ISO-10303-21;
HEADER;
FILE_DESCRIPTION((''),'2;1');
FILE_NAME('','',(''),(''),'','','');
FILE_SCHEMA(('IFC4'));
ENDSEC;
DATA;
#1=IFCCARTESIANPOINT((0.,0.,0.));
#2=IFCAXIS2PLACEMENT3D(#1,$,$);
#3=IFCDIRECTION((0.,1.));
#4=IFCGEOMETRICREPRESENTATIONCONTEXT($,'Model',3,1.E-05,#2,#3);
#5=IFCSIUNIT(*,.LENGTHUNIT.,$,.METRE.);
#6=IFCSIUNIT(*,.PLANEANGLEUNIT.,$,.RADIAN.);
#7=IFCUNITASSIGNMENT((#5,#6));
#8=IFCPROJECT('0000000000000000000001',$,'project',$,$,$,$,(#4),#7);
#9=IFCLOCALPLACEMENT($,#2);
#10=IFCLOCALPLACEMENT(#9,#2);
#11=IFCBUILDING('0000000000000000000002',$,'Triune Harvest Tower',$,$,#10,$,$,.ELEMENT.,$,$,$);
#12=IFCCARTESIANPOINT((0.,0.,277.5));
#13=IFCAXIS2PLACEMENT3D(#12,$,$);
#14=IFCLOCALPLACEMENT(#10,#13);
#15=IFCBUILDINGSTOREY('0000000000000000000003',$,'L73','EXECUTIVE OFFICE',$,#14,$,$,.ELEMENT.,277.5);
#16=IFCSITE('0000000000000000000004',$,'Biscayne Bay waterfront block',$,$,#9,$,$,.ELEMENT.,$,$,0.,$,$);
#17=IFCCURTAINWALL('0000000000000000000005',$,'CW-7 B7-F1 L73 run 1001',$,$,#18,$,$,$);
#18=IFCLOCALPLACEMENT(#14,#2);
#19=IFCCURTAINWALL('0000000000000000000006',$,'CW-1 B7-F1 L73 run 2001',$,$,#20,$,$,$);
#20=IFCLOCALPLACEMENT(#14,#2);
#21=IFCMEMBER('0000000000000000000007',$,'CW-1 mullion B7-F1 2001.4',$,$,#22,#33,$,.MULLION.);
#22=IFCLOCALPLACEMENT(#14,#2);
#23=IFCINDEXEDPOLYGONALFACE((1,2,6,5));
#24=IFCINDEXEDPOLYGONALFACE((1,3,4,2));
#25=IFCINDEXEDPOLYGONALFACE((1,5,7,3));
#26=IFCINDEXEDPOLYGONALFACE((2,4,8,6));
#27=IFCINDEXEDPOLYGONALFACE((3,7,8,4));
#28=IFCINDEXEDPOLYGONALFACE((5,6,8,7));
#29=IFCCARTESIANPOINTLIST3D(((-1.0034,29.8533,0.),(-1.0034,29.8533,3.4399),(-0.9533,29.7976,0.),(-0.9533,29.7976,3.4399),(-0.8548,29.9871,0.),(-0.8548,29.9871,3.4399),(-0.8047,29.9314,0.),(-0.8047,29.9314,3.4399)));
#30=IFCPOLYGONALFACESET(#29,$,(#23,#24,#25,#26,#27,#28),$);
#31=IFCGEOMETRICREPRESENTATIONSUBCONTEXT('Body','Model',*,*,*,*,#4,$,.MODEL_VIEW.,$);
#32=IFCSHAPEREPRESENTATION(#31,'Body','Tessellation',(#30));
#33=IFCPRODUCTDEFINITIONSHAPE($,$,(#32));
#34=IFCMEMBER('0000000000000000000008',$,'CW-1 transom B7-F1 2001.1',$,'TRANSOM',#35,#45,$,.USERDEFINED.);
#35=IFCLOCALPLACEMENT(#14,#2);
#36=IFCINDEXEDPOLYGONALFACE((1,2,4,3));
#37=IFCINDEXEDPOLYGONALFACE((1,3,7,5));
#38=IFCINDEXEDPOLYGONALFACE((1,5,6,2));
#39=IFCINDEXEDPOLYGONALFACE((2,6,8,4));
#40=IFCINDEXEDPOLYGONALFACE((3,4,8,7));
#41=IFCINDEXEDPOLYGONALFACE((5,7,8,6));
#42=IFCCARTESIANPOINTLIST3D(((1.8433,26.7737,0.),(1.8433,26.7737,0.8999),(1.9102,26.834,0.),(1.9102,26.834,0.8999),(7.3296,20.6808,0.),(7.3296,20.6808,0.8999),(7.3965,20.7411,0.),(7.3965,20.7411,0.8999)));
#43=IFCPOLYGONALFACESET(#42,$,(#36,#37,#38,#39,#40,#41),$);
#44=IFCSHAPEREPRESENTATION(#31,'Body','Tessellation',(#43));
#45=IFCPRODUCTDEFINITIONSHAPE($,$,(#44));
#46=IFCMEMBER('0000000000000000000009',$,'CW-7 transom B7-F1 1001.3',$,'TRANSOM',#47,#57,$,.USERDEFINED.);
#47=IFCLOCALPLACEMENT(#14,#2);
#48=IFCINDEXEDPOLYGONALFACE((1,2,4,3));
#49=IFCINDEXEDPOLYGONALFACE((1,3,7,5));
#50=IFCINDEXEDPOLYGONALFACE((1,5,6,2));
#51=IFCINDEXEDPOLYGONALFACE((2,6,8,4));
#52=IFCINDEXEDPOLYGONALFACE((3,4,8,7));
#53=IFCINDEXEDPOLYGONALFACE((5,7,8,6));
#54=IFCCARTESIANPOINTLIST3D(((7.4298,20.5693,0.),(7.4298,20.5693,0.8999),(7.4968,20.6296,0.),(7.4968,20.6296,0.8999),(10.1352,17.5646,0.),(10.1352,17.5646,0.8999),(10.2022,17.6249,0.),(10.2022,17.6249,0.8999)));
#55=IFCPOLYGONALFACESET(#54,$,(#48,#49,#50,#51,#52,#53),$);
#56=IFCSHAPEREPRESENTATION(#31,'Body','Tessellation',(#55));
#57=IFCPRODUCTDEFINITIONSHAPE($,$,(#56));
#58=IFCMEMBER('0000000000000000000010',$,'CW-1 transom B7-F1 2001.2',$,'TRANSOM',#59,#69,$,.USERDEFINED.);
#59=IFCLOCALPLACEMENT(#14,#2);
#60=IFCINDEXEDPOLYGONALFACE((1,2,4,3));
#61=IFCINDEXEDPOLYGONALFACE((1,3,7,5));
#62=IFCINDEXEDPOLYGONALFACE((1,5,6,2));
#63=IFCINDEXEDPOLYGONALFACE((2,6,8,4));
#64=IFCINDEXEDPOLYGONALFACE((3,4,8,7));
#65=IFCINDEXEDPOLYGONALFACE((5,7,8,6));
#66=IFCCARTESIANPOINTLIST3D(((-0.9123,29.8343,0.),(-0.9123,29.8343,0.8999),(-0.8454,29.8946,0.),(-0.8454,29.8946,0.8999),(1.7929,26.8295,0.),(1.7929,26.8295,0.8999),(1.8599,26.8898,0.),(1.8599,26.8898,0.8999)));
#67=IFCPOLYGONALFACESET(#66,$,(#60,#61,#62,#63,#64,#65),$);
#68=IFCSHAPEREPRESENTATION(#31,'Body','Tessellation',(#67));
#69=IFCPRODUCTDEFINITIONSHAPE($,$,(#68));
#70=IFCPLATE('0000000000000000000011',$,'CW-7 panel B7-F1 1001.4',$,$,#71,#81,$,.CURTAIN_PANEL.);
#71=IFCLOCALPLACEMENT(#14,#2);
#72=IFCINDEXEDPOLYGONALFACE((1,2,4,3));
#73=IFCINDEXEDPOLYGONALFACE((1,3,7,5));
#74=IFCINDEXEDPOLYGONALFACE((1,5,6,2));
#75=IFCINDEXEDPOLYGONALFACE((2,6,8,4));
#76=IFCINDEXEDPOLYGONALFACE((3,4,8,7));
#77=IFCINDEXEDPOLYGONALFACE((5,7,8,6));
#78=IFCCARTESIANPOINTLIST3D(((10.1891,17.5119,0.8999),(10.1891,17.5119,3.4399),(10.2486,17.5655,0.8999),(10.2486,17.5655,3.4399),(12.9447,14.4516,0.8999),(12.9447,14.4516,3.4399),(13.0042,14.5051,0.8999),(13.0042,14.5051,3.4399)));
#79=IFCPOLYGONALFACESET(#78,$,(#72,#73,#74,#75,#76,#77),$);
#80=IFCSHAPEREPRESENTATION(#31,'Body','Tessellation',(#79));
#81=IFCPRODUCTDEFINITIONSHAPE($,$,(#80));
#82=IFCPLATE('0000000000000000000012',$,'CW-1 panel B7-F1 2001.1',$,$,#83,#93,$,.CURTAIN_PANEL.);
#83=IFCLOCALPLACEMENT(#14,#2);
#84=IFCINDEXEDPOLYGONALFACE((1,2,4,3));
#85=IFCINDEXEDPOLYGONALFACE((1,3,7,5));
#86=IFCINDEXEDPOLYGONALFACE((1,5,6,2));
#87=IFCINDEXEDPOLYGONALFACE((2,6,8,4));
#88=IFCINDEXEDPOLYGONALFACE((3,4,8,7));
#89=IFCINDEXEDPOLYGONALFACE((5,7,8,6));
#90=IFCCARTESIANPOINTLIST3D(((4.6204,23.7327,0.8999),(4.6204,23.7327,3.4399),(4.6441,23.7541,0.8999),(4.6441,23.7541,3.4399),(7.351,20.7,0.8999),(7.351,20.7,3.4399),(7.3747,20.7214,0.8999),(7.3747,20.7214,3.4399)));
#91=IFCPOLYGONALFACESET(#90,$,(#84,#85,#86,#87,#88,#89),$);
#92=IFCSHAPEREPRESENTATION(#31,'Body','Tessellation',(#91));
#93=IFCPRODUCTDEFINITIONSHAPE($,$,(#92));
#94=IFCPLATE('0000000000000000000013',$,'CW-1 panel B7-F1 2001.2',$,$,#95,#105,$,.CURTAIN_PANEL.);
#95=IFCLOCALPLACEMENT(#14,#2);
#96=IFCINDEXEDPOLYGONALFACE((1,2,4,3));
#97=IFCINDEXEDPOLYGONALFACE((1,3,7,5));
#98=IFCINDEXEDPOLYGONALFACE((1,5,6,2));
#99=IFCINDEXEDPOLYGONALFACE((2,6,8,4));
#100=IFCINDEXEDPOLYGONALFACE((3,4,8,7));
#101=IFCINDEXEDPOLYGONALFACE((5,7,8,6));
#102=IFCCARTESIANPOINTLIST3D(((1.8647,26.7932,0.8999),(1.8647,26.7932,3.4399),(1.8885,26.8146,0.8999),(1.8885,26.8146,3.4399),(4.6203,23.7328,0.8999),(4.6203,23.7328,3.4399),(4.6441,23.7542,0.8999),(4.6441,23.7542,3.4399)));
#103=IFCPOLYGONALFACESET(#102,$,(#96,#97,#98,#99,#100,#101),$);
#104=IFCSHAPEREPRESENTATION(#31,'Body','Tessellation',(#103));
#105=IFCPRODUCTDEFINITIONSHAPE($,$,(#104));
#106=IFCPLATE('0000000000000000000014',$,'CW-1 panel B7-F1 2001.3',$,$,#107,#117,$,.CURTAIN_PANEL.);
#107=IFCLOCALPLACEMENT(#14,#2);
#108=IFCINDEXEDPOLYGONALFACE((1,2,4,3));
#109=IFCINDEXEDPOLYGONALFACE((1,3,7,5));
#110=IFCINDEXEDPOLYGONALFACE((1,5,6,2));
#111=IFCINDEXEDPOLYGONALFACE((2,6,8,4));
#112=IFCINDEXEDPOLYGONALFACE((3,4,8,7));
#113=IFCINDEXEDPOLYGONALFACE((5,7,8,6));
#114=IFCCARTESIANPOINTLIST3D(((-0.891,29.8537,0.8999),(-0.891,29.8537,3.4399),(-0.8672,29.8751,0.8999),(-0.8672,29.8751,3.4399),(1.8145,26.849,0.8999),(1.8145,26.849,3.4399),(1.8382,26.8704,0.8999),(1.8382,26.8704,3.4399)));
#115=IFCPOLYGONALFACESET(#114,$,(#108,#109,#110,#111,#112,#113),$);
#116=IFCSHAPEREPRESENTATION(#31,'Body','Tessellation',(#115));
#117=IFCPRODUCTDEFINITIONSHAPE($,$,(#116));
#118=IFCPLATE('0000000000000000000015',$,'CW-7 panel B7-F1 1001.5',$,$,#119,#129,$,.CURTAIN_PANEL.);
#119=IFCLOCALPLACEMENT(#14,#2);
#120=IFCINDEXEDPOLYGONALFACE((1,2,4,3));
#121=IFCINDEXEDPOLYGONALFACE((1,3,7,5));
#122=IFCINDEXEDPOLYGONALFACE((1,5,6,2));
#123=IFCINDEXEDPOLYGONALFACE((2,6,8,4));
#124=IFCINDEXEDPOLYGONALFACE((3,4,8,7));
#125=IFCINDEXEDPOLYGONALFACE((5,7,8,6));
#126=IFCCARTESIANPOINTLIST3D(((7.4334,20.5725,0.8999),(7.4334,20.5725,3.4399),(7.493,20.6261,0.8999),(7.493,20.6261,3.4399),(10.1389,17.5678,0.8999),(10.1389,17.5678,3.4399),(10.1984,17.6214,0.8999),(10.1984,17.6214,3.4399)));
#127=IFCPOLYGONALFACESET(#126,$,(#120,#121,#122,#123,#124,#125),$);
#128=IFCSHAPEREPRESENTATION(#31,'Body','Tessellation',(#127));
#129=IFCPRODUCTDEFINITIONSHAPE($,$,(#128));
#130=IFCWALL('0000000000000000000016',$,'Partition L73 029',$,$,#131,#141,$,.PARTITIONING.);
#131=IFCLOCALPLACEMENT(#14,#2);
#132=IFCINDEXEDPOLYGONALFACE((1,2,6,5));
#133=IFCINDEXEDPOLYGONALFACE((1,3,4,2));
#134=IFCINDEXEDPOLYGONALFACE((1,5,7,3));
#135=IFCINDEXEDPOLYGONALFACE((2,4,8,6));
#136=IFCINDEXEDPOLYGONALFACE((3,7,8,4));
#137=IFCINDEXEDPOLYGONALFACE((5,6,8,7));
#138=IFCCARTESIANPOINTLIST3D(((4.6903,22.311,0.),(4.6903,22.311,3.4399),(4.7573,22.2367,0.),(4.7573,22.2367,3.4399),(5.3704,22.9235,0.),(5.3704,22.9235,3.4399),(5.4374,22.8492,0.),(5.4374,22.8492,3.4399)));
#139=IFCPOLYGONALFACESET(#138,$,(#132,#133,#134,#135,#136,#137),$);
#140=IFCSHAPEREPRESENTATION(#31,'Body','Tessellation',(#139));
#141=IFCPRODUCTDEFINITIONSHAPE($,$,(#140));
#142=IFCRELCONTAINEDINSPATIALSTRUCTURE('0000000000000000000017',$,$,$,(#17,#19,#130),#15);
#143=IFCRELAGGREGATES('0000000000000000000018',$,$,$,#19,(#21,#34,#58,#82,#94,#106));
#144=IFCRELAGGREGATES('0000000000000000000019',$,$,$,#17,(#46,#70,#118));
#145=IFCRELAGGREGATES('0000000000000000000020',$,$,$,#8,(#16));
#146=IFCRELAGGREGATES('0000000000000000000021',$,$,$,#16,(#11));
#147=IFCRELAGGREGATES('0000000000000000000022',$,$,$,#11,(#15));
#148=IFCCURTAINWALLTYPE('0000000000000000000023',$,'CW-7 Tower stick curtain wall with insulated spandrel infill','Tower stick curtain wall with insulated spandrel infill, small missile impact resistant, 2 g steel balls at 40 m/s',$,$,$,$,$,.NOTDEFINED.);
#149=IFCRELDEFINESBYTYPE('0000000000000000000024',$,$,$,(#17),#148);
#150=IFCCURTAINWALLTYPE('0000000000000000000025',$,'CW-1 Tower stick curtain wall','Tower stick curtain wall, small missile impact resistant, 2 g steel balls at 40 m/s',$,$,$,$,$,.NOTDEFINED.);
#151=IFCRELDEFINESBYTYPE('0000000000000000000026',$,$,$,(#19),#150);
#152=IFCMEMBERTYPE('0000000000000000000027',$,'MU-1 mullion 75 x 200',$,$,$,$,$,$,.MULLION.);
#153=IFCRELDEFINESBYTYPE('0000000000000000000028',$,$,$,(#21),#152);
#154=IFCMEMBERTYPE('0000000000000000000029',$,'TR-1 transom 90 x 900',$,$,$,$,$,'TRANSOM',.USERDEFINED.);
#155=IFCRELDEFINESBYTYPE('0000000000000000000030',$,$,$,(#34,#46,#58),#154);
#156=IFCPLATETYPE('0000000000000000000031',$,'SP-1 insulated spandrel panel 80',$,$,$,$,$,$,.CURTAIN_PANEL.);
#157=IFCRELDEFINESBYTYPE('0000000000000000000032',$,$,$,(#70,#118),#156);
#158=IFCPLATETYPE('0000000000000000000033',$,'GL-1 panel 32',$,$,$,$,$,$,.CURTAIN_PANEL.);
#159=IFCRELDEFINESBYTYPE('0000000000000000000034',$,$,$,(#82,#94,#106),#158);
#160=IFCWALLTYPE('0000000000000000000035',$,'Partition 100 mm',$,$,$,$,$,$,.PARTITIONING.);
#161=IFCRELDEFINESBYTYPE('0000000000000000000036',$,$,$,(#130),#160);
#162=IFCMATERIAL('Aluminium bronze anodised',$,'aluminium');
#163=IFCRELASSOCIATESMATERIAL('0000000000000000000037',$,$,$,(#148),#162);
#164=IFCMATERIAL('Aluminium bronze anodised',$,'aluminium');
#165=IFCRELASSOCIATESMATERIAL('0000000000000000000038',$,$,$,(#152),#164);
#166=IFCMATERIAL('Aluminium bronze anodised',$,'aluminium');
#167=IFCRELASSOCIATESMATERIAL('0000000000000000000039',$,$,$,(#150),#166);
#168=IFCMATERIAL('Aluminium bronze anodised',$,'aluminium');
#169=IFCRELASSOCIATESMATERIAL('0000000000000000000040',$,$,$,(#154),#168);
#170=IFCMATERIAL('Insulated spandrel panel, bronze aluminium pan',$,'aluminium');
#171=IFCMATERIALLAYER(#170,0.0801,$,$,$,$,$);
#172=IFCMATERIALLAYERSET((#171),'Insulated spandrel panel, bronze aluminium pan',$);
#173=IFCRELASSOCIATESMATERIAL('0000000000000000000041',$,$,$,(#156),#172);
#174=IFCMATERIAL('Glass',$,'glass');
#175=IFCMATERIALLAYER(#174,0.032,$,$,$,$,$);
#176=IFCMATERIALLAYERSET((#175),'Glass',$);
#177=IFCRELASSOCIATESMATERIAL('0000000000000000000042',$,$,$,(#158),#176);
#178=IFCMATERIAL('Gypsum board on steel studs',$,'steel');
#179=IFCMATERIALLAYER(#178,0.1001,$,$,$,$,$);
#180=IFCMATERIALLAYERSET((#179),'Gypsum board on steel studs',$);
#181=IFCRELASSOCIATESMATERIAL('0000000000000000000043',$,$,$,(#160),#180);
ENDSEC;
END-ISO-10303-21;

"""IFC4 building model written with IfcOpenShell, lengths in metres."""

from ifc_helpers import new_model, si_unit, direction, frame, frame_2d, origin, origin_2d, place, context, subcontext, project, spatial, rectangle, extrude, source, transform, mapped, material, layer, layer_set, material_profile, profile_set, type_object, element, aggregate, save


model = new_model("IFC4")

# Units and contexts
model_context = context("Model", 3, precision=1e-05, world=origin(), true_north=direction((0.0, 1.0)))
body_context = subcontext(model_context, "Body", "Model", "MODEL_VIEW")
ifc_project = project(units=[si_unit("LENGTHUNIT", "METRE"), si_unit("PLANEANGLEUNIT", "RADIAN")], contexts=[model_context])

# Site, building, storey
site_placement = place(None, origin())
site = spatial("IfcSite", under=ifc_project, at=site_placement, Name="Biscayne Bay waterfront block", CompositionType="ELEMENT", RefElevation=0.0)
building_placement = place(site_placement, origin())
building = spatial("IfcBuilding", under=site, at=building_placement, Name="Triune Harvest Tower", CompositionType="ELEMENT")
storey_placement = place(building_placement, frame((0.0, 0.0, 277.5)))
storey = spatial("IfcBuildingStorey", under=building, at=storey_placement, Name="L73", Description="EXECUTIVE OFFICE", CompositionType="ELEMENT", Elevation=277.5)

# Curtain walls, members
ifc_material_1 = material(Name="Aluminium bronze anodised", Category="aluminium")
curtain_wall_type_1 = type_object("IfcCurtainWallType", Name="CW-7 Tower stick curtain wall with insulated spandrel infill", Description="Tower stick curtain wall with insulated spandrel infill, small missile impact resistant, 2 g steel balls at 40 m/s", PredefinedType="NOTDEFINED", material=ifc_material_1)
curtain_wall_1_placement = place(storey_placement, origin())
curtain_wall_1 = element("IfcCurtainWall", 1, at=curtain_wall_1_placement, inside=storey, type_object=curtain_wall_type_1, Name="CW-7 B7-F1 L73 run 1001")
ifc_material_2 = material(Name="Aluminium bronze anodised", Category="aluminium")
ifc_material_profile_1 = material_profile(ifc_material_2, rectangle(XDim=0.2, YDim=0.075, at=origin_2d()), Name="MU-1 mullion 75 x 200")
ifc_profile_set_1 = profile_set([ifc_material_profile_1], Name="Aluminium bronze anodised")
member_type_1 = type_object("IfcMemberType", Name="MU-1 mullion 75 x 200", PredefinedType="MULLION", material=ifc_profile_set_1)
shared_shape_1 = source(origin(), body_context, "Body", "SweptSolid", [
    extrude(rectangle(XDim=0.2, YDim=0.075, at=origin_2d()), origin(), (0.0, 0.0, 1.0), 3.4399),
])
ifc_material_3 = material(Name="Aluminium bronze anodised", Category="aluminium")
curtain_wall_type_2 = type_object("IfcCurtainWallType", Name="CW-1 Tower stick curtain wall", Description="Tower stick curtain wall, small missile impact resistant, 2 g steel balls at 40 m/s", PredefinedType="NOTDEFINED", material=ifc_material_3)
curtain_wall_2_placement = place(storey_placement, origin())
curtain_wall_2 = element("IfcCurtainWall", 2, at=curtain_wall_2_placement, inside=storey, type_object=curtain_wall_type_2, Name="CW-1 B7-F1 L73 run 2001")
member_1_placement = place(storey_placement, frame((-0.9041, 29.8923, 0.0), z_axis=(0.0, 0.0, 1.0), x_axis=(-0.743144, -0.669131, 0.0)))
member_1 = element("IfcMember", 3, at=member_1_placement, type_object=member_type_1, Name="CW-1 mullion B7-F1 2001.4", PredefinedType="MULLION", context=body_context, shape_type="MappedRepresentation", body=[
    mapped(shared_shape_1, transform((0.0, 0.0, 0.0), scale=1.0)),
])
ifc_material_4 = material(Name="Aluminium bronze anodised", Category="aluminium")
ifc_material_profile_2 = material_profile(ifc_material_4, rectangle(XDim=0.0901, YDim=0.8999, at=origin_2d()), Name="TR-1 transom 90 x 900")
ifc_profile_set_2 = profile_set([ifc_material_profile_2], Name="Aluminium bronze anodised")
member_type_2 = type_object("IfcMemberType", Name="TR-1 transom 90 x 900", ElementType="TRANSOM", PredefinedType="USERDEFINED", material=ifc_profile_set_2)
shared_shape_2 = source(origin(), body_context, "Body", "SweptSolid", [
    extrude(rectangle(XDim=0.0901, YDim=0.8999, at=origin_2d()), origin(), (0.0, 0.0, 1.0), 8.199),
])
member_2_placement = place(storey_placement, frame((7.363, 20.7109, 0.45), z_axis=(-0.669141, 0.743136, 0.0), x_axis=(-0.743136, -0.669141, 0.0)))
member_2 = element("IfcMember", 4, at=member_2_placement, type_object=member_type_2, Name="CW-1 transom B7-F1 2001.1", ObjectType="TRANSOM", PredefinedType="USERDEFINED", context=body_context, shape_type="MappedRepresentation", body=[
    mapped(shared_shape_2, transform((0.0, 0.0, 0.0), scale=1.0)),
])

# Members
shared_shape_3 = source(origin(), body_context, "Body", "SweptSolid", [
    extrude(rectangle(XDim=0.0901, YDim=0.8999, at=origin_2d()), origin(), (0.0, 0.0, 1.0), 4.0432),
])
member_3_placement = place(storey_placement, frame((10.1687, 17.5947, 0.45), z_axis=(-0.669122, 0.743153, 0.0), x_axis=(-0.743153, -0.669122, 0.0)))
member_3 = element("IfcMember", 5, at=member_3_placement, type_object=member_type_2, Name="CW-7 transom B7-F1 1001.3", ObjectType="TRANSOM", PredefinedType="USERDEFINED", context=body_context, shape_type="MappedRepresentation", body=[
    mapped(shared_shape_3, transform((0.0, 0.0, 0.0), scale=1.0)),
])
member_4_placement = place(storey_placement, frame((1.8264, 26.8596, 0.45), z_axis=(-0.669091, 0.74318, 0.0), x_axis=(-0.74318, -0.669091, 0.0)))
member_4 = element("IfcMember", 6, at=member_4_placement, type_object=member_type_2, Name="CW-1 transom B7-F1 2001.2", ObjectType="TRANSOM", PredefinedType="USERDEFINED", context=body_context, shape_type="MappedRepresentation", body=[
    mapped(shared_shape_3, transform((0.0, 0.0, 0.0), scale=1.0)),
])

# Plates
ifc_material_5 = material(Name="Insulated spandrel panel, bronze aluminium pan", Category="aluminium")
ifc_layer_1 = layer(ifc_material_5, 0.0801)
ifc_layer_set_1 = layer_set([ifc_layer_1], Name="Insulated spandrel panel, bronze aluminium pan")
plate_type_1 = type_object("IfcPlateType", Name="SP-1 insulated spandrel panel 80", PredefinedType="CURTAIN_PANEL", material=ifc_layer_set_1)
shared_shape_4 = source(origin(), body_context, "Body", "SweptSolid", [
    extrude(rectangle(XDim=4.1182, YDim=0.0801, at=origin_2d()), origin(), (0.0, 0.0, 1.0), 2.54),
])
plate_1_placement = place(storey_placement, frame((11.5967, 16.0085, 0.8999), z_axis=(0.0, 0.0, 1.0), x_axis=(-0.669131, 0.743144, 0.0)))
plate_1 = element("IfcPlate", 7, at=plate_1_placement, type_object=plate_type_1, Name="CW-7 panel B7-F1 1001.4", PredefinedType="CURTAIN_PANEL", context=body_context, shape_type="MappedRepresentation", body=[
    mapped(shared_shape_4, transform((0.0, 0.0, 0.0), scale=1.0)),
])
ifc_material_6 = material(Name="Glass", Category="glass")
ifc_layer_2 = layer(ifc_material_6, 0.032)
ifc_layer_set_2 = layer_set([ifc_layer_2], Name="Glass")
plate_type_2 = type_object("IfcPlateType", Name="GL-1 panel 32", PredefinedType="CURTAIN_PANEL", material=ifc_layer_set_2)
shared_shape_5 = source(origin(), body_context, "Body", "SweptSolid", [
    extrude(rectangle(XDim=4.0808, YDim=0.032, at=origin_2d()), origin(), (0.0, 0.0, 1.0), 2.54),
])
plate_2_placement = place(storey_placement, frame((5.9976, 22.2271, 0.8999), z_axis=(0.0, 0.0, 1.0), x_axis=(-0.669131, 0.743144, 0.0)))
plate_2 = element("IfcPlate", 8, at=plate_2_placement, type_object=plate_type_2, Name="CW-1 panel B7-F1 2001.1", PredefinedType="CURTAIN_PANEL", context=body_context, shape_type="MappedRepresentation", body=[
    mapped(shared_shape_5, transform((0.0, 0.0, 0.0), scale=1.0)),
])
shared_shape_6 = source(origin(), body_context, "Body", "SweptSolid", [
    extrude(rectangle(XDim=4.1182, YDim=0.032, at=origin_2d()), origin(), (0.0, 0.0, 1.0), 2.54),
])
plate_3_placement = place(storey_placement, frame((3.2544, 25.2737, 0.8999), z_axis=(0.0, 0.0, 1.0), x_axis=(-0.669131, 0.743144, 0.0)))
plate_3 = element("IfcPlate", 9, at=plate_3_placement, type_object=plate_type_2, Name="CW-1 panel B7-F1 2001.2", PredefinedType="CURTAIN_PANEL", context=body_context, shape_type="MappedRepresentation", body=[
    mapped(shared_shape_6, transform((0.0, 0.0, 0.0), scale=1.0)),
])
shared_shape_7 = source(origin(), body_context, "Body", "SweptSolid", [
    extrude(rectangle(XDim=4.0432, YDim=0.032, at=origin_2d()), origin(), (0.0, 0.0, 1.0), 2.54),
])
plate_4_placement = place(storey_placement, frame((0.4736, 28.3621, 0.8999), z_axis=(0.0, 0.0, 1.0), x_axis=(-0.669131, 0.743144, 0.0)))
plate_4 = element("IfcPlate", 10, at=plate_4_placement, type_object=plate_type_2, Name="CW-1 panel B7-F1 2001.3", PredefinedType="CURTAIN_PANEL", context=body_context, shape_type="MappedRepresentation", body=[
    mapped(shared_shape_7, transform((0.0, 0.0, 0.0), scale=1.0)),
])
aggregate(curtain_wall_2, [member_1, member_2, member_4, plate_2, plate_3, plate_4])
shared_shape_8 = source(origin(), body_context, "Body", "SweptSolid", [
    extrude(rectangle(XDim=4.0432, YDim=0.0801, at=origin_2d()), origin(), (0.0, 0.0, 1.0), 2.54),
])
plate_5_placement = place(storey_placement, frame((8.8159, 19.0969, 0.8999), z_axis=(0.0, 0.0, 1.0), x_axis=(-0.669131, 0.743144, 0.0)))
plate_5 = element("IfcPlate", 11, at=plate_5_placement, type_object=plate_type_1, Name="CW-7 panel B7-F1 1001.5", PredefinedType="CURTAIN_PANEL", context=body_context, shape_type="MappedRepresentation", body=[
    mapped(shared_shape_8, transform((0.0, 0.0, 0.0), scale=1.0)),
])
aggregate(curtain_wall_1, [member_3, plate_1, plate_5])

# Wall
ifc_material_7 = material(Name="Gypsum board on steel studs", Category="steel")
ifc_layer_3 = layer(ifc_material_7, 0.1001)
ifc_layer_set_3 = layer_set([ifc_layer_3], Name="Gypsum board on steel studs")
wall_type = type_object("IfcWallType", Name="Partition 100 mm", PredefinedType="PARTITIONING", material=ifc_layer_set_3)
shared_shape_9 = source(origin(), body_context, "Body", "SweptSolid", [
    extrude(rectangle(XDim=0.9153, YDim=0.1001, at=frame_2d((0.4575, 0.0))), origin(), (0.0, 0.0, 1.0), 3.4399),
])
wall_placement = place(storey_placement, frame((4.7239, 22.2739, 0.0), z_axis=(0.0, 0.0, 1.0), x_axis=(0.743082, 0.6692, 0.0)))
element("IfcWall", 12, at=wall_placement, inside=storey, type_object=wall_type, Name="Partition L73 029", PredefinedType="PARTITIONING", context=body_context, shape_type="MappedRepresentation", body=[
    mapped(shared_shape_9, transform((0.0, 0.0, 0.0), scale=1.0)),
])

save(model, "model.ifc")
